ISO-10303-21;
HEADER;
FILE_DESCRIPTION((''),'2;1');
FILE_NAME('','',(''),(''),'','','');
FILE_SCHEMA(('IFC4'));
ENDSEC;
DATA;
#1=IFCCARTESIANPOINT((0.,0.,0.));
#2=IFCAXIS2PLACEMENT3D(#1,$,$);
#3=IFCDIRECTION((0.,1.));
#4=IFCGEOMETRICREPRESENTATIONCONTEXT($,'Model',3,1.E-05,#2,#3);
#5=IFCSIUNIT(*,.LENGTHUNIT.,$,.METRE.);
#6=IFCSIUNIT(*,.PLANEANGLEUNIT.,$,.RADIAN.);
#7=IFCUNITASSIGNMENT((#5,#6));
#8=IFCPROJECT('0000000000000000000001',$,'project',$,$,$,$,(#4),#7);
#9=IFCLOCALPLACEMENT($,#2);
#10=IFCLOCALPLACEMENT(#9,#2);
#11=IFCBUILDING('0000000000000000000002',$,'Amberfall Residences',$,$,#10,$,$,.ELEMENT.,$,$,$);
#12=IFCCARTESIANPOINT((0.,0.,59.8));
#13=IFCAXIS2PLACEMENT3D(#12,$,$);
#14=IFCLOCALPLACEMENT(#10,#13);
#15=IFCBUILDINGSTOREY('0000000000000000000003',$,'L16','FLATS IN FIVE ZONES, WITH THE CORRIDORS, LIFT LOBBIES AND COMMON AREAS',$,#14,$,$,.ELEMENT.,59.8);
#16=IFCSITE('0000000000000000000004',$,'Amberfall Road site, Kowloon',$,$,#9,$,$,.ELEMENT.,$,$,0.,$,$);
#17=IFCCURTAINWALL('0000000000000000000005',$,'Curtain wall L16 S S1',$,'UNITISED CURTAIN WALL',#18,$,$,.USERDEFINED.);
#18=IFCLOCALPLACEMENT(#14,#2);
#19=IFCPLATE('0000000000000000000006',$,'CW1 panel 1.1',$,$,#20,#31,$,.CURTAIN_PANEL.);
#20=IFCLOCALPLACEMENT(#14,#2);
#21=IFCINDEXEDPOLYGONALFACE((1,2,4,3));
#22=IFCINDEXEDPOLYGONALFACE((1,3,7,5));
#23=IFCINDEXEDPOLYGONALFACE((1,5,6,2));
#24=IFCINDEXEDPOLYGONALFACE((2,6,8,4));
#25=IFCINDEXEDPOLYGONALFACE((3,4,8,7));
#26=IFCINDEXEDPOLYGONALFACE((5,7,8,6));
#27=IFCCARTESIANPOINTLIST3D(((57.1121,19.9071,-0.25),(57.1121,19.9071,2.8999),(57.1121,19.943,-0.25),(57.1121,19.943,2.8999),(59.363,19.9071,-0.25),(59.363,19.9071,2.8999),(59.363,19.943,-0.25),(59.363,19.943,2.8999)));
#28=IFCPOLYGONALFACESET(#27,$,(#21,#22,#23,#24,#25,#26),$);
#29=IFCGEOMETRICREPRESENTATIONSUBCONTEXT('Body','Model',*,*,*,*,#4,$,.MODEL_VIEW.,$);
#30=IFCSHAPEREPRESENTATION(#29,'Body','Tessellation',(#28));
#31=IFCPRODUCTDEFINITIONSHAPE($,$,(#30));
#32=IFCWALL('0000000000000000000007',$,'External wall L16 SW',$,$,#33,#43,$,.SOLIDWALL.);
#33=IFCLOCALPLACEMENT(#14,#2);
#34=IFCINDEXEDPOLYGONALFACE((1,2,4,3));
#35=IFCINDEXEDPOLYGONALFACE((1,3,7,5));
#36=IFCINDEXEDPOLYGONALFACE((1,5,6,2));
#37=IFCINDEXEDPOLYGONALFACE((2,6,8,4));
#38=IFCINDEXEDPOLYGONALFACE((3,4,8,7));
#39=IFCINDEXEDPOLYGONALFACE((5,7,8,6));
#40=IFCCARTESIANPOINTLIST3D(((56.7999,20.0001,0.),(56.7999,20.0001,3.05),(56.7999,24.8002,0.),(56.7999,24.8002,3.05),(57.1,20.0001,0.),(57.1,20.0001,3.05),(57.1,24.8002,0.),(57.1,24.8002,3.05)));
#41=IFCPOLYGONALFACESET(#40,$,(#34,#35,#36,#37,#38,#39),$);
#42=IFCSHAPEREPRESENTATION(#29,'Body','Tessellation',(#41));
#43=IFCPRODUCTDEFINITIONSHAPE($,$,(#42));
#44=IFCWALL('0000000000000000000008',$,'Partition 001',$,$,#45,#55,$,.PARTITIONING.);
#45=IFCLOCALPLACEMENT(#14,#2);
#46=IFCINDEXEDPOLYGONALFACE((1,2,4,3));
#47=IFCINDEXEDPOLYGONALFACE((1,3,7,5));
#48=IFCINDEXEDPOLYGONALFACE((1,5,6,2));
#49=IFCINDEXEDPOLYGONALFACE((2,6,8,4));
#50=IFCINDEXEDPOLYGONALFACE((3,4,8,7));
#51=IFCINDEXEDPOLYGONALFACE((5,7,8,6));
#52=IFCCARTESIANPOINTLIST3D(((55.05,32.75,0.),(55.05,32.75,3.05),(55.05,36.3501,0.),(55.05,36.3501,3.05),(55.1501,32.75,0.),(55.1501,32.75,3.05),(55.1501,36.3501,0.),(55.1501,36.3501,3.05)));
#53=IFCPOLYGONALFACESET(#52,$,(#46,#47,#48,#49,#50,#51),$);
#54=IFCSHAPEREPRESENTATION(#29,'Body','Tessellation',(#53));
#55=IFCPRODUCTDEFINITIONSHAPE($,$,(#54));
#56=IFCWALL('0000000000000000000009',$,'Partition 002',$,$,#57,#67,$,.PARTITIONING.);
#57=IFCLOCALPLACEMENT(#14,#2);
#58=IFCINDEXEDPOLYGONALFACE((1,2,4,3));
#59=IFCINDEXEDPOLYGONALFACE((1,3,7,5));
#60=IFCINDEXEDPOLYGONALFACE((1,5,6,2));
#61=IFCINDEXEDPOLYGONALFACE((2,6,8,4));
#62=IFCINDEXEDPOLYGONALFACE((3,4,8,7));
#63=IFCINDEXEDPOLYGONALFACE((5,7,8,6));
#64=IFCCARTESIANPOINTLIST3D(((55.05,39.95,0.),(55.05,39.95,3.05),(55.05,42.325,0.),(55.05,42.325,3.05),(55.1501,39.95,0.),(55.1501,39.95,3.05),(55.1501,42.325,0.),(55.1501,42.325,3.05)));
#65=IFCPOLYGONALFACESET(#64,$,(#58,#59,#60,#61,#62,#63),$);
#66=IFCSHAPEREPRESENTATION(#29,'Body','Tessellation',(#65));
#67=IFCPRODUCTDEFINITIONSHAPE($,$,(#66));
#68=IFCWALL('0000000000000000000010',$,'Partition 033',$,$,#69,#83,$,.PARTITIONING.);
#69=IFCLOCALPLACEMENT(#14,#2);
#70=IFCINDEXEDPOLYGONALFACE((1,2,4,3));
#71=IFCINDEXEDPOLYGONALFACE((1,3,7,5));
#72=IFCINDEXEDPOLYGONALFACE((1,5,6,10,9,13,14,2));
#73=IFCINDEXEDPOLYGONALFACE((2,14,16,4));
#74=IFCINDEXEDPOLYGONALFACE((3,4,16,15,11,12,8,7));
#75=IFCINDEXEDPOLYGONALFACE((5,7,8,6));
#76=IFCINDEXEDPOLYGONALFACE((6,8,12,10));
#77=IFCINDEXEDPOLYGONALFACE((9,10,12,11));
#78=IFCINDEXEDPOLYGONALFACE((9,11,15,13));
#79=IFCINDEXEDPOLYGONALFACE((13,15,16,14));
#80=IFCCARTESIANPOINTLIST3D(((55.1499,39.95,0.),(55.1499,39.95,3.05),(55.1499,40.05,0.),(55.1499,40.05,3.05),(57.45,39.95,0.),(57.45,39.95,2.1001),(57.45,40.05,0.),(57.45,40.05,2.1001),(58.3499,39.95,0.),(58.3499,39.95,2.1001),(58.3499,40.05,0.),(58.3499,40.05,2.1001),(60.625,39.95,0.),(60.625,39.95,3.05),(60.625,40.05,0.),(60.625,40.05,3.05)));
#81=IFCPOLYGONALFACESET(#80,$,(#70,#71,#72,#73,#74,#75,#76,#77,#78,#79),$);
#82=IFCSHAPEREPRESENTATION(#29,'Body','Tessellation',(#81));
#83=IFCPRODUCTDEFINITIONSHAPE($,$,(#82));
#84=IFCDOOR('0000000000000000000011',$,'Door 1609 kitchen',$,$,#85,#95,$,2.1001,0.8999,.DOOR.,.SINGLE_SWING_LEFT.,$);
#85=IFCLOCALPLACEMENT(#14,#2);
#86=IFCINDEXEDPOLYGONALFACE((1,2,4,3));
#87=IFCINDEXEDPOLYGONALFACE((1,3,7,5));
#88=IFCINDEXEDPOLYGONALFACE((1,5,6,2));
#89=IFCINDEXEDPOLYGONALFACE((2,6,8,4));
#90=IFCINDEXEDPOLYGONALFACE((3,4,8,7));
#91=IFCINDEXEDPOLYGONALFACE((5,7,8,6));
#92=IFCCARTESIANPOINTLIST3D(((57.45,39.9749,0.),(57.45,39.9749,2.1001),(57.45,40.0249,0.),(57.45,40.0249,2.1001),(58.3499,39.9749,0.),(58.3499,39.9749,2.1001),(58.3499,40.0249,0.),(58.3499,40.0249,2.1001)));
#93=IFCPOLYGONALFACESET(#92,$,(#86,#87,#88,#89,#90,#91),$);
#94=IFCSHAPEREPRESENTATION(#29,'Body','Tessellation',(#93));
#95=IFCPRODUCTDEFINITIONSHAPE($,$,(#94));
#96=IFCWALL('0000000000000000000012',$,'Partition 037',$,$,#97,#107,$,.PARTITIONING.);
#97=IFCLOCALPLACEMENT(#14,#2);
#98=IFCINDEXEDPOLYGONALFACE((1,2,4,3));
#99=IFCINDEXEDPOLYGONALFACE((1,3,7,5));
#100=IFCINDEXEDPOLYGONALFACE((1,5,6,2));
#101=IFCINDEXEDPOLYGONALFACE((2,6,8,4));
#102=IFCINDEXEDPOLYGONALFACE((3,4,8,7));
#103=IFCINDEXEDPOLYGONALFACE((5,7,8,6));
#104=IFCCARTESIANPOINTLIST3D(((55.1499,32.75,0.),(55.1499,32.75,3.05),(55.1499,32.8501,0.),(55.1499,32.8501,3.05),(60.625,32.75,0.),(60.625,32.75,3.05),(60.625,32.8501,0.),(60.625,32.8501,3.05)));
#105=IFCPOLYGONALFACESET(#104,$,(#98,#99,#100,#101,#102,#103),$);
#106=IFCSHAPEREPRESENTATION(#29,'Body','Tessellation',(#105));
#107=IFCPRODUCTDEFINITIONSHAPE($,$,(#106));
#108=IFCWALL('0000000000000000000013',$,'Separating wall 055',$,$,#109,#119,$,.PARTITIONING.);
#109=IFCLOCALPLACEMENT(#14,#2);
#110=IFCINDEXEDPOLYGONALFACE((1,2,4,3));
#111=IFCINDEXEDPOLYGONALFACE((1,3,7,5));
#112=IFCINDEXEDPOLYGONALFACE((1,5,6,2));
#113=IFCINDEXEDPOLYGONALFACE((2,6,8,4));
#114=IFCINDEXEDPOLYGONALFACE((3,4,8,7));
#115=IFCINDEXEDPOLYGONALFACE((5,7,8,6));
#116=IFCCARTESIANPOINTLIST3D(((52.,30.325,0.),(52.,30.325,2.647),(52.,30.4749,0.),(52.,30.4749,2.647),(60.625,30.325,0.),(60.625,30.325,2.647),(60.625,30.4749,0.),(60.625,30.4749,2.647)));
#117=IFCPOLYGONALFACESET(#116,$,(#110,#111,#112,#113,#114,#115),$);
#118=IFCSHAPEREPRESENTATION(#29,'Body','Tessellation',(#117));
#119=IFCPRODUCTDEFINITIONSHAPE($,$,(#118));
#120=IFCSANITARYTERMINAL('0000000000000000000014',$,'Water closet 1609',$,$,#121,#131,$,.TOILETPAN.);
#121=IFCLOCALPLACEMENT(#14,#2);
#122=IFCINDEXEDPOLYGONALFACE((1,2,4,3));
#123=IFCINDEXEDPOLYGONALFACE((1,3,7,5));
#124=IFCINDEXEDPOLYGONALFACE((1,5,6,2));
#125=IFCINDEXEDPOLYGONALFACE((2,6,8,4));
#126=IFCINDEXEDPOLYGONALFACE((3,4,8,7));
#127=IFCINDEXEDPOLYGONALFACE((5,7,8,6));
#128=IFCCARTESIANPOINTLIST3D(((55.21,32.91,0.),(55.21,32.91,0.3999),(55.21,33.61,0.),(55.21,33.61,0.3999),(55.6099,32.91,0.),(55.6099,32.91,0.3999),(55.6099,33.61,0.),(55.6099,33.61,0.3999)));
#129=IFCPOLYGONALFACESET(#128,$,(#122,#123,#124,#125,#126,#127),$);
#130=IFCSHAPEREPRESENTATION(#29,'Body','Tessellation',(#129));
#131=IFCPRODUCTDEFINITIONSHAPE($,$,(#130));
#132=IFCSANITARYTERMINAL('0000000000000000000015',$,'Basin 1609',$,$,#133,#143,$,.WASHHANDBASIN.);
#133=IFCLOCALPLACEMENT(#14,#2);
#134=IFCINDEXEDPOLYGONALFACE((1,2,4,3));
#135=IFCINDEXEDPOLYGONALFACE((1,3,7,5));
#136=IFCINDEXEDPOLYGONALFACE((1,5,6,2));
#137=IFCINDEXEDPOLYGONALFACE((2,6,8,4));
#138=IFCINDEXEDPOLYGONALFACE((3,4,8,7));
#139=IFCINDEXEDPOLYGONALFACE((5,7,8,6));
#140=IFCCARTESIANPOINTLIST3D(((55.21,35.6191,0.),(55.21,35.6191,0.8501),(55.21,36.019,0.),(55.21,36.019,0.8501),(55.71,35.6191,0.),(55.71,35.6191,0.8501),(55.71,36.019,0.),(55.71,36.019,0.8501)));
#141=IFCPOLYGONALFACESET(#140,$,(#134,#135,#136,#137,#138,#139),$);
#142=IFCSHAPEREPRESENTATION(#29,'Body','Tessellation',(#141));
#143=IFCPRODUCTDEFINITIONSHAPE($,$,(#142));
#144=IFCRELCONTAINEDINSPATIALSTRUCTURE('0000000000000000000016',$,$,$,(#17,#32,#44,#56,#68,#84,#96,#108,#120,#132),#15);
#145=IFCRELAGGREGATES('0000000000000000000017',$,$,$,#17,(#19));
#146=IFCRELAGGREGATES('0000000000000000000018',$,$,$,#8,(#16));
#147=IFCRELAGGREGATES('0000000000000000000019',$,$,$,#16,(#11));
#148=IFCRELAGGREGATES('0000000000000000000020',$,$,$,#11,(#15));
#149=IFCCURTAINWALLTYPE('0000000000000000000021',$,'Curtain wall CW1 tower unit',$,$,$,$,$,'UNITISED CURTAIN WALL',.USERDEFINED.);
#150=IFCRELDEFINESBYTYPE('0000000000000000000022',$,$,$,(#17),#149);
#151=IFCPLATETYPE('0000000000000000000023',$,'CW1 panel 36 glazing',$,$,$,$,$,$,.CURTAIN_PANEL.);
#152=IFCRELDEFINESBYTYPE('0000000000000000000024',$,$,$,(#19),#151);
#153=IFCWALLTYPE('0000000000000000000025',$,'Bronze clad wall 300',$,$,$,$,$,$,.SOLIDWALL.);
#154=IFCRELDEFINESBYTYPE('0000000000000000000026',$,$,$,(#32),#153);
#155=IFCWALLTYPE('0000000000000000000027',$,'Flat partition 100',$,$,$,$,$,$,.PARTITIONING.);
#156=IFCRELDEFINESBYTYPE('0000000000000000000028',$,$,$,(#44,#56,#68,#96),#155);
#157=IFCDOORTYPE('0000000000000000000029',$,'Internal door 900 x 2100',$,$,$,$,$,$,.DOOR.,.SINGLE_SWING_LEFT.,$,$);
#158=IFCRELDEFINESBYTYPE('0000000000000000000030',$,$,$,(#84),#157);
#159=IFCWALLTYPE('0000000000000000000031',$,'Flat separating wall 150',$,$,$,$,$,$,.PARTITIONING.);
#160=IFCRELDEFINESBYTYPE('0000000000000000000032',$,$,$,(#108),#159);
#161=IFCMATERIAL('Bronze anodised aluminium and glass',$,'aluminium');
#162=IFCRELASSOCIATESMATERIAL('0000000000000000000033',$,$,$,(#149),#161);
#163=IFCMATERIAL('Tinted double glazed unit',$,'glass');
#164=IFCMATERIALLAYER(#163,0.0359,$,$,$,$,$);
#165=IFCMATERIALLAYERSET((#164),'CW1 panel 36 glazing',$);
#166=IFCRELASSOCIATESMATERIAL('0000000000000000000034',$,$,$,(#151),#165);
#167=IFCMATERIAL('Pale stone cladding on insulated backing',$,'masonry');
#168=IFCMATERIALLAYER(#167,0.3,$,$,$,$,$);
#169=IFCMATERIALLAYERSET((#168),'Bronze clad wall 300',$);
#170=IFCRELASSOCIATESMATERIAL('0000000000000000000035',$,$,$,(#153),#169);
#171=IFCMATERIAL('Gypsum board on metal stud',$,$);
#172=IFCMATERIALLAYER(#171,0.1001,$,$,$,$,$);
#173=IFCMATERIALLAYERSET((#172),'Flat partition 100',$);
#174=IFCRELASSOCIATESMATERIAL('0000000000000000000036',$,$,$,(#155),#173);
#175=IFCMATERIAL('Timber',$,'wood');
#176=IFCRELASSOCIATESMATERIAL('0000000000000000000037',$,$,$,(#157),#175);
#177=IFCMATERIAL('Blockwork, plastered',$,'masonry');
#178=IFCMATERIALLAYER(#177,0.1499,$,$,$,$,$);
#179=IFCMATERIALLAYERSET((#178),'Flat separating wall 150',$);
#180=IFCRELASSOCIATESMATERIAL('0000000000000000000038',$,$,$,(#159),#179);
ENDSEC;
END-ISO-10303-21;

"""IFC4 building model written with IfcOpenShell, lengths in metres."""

from ifc_helpers import new_model, si_unit, direction, frame, frame_2d, origin, origin_2d, place, context, subcontext, project, spatial, rectangle, extrude, material, layer, layer_set, type_object, element, fill, aggregate, save


model = new_model("IFC4")

# Units and contexts
model_context = context("Model", 3, precision=1e-05, world=origin(), true_north=direction((0.0, 1.0)))
body_context = subcontext(model_context, "Body", "Model", "MODEL_VIEW")
ifc_project = project(units=[si_unit("LENGTHUNIT", "METRE"), si_unit("PLANEANGLEUNIT", "RADIAN")], contexts=[model_context])

# Site, building, storey
site_placement = place(None, origin())
site = spatial("IfcSite", under=ifc_project, at=site_placement, Name="Amberfall Road site, Kowloon", CompositionType="ELEMENT", RefElevation=0.0)
building_placement = place(site_placement, origin())
building = spatial("IfcBuilding", under=site, at=building_placement, Name="Amberfall Residences", CompositionType="ELEMENT")
storey_placement = place(building_placement, frame((0.0, 0.0, 59.8)))
storey = spatial("IfcBuildingStorey", under=building, at=storey_placement, Name="L16", Description="FLATS IN FIVE ZONES, WITH THE CORRIDORS, LIFT LOBBIES AND COMMON AREAS", CompositionType="ELEMENT", Elevation=59.8)

# Curtain wall
ifc_material_1 = material(Name="Bronze anodised aluminium and glass", Category="aluminium")
curtain_wall_type = type_object("IfcCurtainWallType", Name="Curtain wall CW1 tower unit", ElementType="UNITISED CURTAIN WALL", PredefinedType="USERDEFINED", material=ifc_material_1)
curtain_wall_placement = place(storey_placement, origin())
curtain_wall = element("IfcCurtainWall", 1, at=curtain_wall_placement, inside=storey, type_object=curtain_wall_type, Name="Curtain wall L16 S S1", ObjectType="UNITISED CURTAIN WALL", PredefinedType="USERDEFINED")

# Plate
ifc_material_2 = material(Name="Tinted double glazed unit", Category="glass")
ifc_layer_1 = layer(ifc_material_2, 0.0359)
ifc_layer_set_1 = layer_set([ifc_layer_1], Name="CW1 panel 36 glazing")
plate_type = type_object("IfcPlateType", Name="CW1 panel 36 glazing", PredefinedType="CURTAIN_PANEL", material=ifc_layer_set_1)
plate_placement = place(storey_placement, frame((58.2375, 19.925, -0.25), z_axis=(0.0, 0.0, 1.0), x_axis=(1.0, 0.0, 0.0)))
plate = element("IfcPlate", 2, at=plate_placement, type_object=plate_type, Name="CW1 panel 1.1", PredefinedType="CURTAIN_PANEL", context=body_context, shape_type="SweptSolid", body=[
    extrude(rectangle(XDim=2.251, YDim=0.0359, at=origin_2d()), origin(), (0.0, 0.0, 1.0), 3.1499),
])
aggregate(curtain_wall, [plate])

# Walls
ifc_material_3 = material(Name="Pale stone cladding on insulated backing", Category="masonry")
ifc_layer_2 = layer(ifc_material_3, 0.3)
ifc_layer_set_2 = layer_set([ifc_layer_2], Name="Bronze clad wall 300")
wall_type_1 = type_object("IfcWallType", Name="Bronze clad wall 300", PredefinedType="SOLIDWALL", material=ifc_layer_set_2)
wall_1_placement = place(storey_placement, frame((56.95, 24.8, 0.0), z_axis=(0.0, 0.0, 1.0), x_axis=(0.0, -1.0, 0.0)))
element("IfcWall", 3, at=wall_1_placement, inside=storey, type_object=wall_type_1, Name="External wall L16 SW", PredefinedType="SOLIDWALL", context=body_context, shape_type="SweptSolid", body=[
    extrude(rectangle(XDim=4.8, YDim=0.3, at=frame_2d((2.3999, 0.0))), origin(), (0.0, 0.0, 1.0), 3.05),
])
ifc_material_4 = material(Name="Gypsum board on metal stud")
ifc_layer_3 = layer(ifc_material_4, 0.1001)
ifc_layer_set_3 = layer_set([ifc_layer_3], Name="Flat partition 100")
wall_type_2 = type_object("IfcWallType", Name="Flat partition 100", PredefinedType="PARTITIONING", material=ifc_layer_set_3)
wall_2_placement = place(storey_placement, frame((55.1001, 32.75, 0.0), z_axis=(0.0, 0.0, 1.0), x_axis=(0.0, 1.0, 0.0)))
element("IfcWall", 4, at=wall_2_placement, inside=storey, type_object=wall_type_2, Name="Partition 001", PredefinedType="PARTITIONING", context=body_context, shape_type="SweptSolid", body=[
    extrude(rectangle(XDim=3.6001, YDim=0.1001, at=frame_2d((1.8, 0.0))), origin(), (0.0, 0.0, 1.0), 3.05),
])
wall_3_placement = place(storey_placement, frame((55.1001, 39.95, 0.0), z_axis=(0.0, 0.0, 1.0), x_axis=(0.0, 1.0, 0.0)))
element("IfcWall", 5, at=wall_3_placement, inside=storey, type_object=wall_type_2, Name="Partition 002", PredefinedType="PARTITIONING", context=body_context, shape_type="SweptSolid", body=[
    extrude(rectangle(XDim=2.375, YDim=0.1001, at=frame_2d((1.1875, 0.0))), origin(), (0.0, 0.0, 1.0), 3.05),
])

# Wall, opening, door
wall_4_placement = place(storey_placement, frame((55.1499, 40.0, 0.0), z_axis=(0.0, 0.0, 1.0), x_axis=(1.0, 0.0, 0.0)))
wall_4 = element("IfcWall", 6, at=wall_4_placement, inside=storey, type_object=wall_type_2, Name="Partition 033", PredefinedType="PARTITIONING", context=body_context, shape_type="SweptSolid", body=[
    extrude(rectangle(XDim=5.4751, YDim=0.1001, at=frame_2d((2.7375, 0.0))), origin(), (0.0, 0.0, 1.0), 3.05),
])
opening_placement = place(wall_4_placement, frame((2.3, 0.0, 0.0)))
opening = element("IfcOpeningElement", 7, at=opening_placement, cuts=wall_4, PredefinedType="OPENING", context=body_context, shape_type="SweptSolid", body=[
    extrude(rectangle(XDim=0.8999, YDim=2.1001, at=frame_2d((0.45, 1.05))), frame((0.0, 0.0601, 0.0), z_axis=(0.0, -1.0, 0.0), x_axis=(1.0, 0.0, 0.0)), (0.0, 0.0, 1.0), 0.1201),
])
ifc_material_5 = material(Name="Timber", Category="wood")
door_type = type_object("IfcDoorType", Name="Internal door 900 x 2100", OperationType="SINGLE_SWING_LEFT", PredefinedType="DOOR", material=ifc_material_5)
door_placement = place(opening_placement, origin())
door = element("IfcDoor", 8, at=door_placement, inside=storey, type_object=door_type, Name="Door 1609 kitchen", OperationType="SINGLE_SWING_LEFT", OverallHeight=2.1001, OverallWidth=0.8999, PredefinedType="DOOR", context=body_context, shape_type="SweptSolid", body=[
    extrude(rectangle(XDim=0.8999, YDim=2.1001, at=frame_2d((0.45, 1.05))), frame((0.0, 0.0249, 0.0), z_axis=(0.0, -1.0, 0.0), x_axis=(1.0, 0.0, 0.0)), (0.0, 0.0, 1.0), 0.05),
])
fill(opening, door)

# Walls
wall_5_placement = place(storey_placement, frame((55.1499, 32.8, 0.0), z_axis=(0.0, 0.0, 1.0), x_axis=(1.0, 0.0, 0.0)))
element("IfcWall", 9, at=wall_5_placement, inside=storey, type_object=wall_type_2, Name="Partition 037", PredefinedType="PARTITIONING", context=body_context, shape_type="SweptSolid", body=[
    extrude(rectangle(XDim=5.4751, YDim=0.1001, at=frame_2d((2.7375, 0.0))), origin(), (0.0, 0.0, 1.0), 3.05),
])
ifc_material_6 = material(Name="Blockwork, plastered", Category="masonry")
ifc_layer_4 = layer(ifc_material_6, 0.1499)
ifc_layer_set_4 = layer_set([ifc_layer_4], Name="Flat separating wall 150")
wall_type_3 = type_object("IfcWallType", Name="Flat separating wall 150", PredefinedType="PARTITIONING", material=ifc_layer_set_4)
wall_6_placement = place(storey_placement, frame((52.0, 30.3999, 0.0), z_axis=(0.0, 0.0, 1.0), x_axis=(1.0, 0.0, 0.0)))
element("IfcWall", 10, at=wall_6_placement, inside=storey, type_object=wall_type_3, Name="Separating wall 055", PredefinedType="PARTITIONING", context=body_context, shape_type="SweptSolid", body=[
    extrude(rectangle(XDim=8.625, YDim=0.1499, at=frame_2d((4.3125, 0.0))), origin(), (0.0, 0.0, 1.0), 2.647),
])

# Sanitary terminals
sanitary_terminal_1_placement = place(storey_placement, frame((55.4099, 33.26, 0.0), z_axis=(0.0, 0.0, 1.0), x_axis=(1.0, 0.0, 0.0)))
element("IfcSanitaryTerminal", 11, at=sanitary_terminal_1_placement, inside=storey, Name="Water closet 1609", PredefinedType="TOILETPAN", context=body_context, shape_type="SweptSolid", body=[
    extrude(rectangle(XDim=0.3999, YDim=0.7, at=origin_2d()), origin(), (0.0, 0.0, 1.0), 0.3999),
])
sanitary_terminal_2_placement = place(storey_placement, frame((55.46, 35.8191, 0.0), z_axis=(0.0, 0.0, 1.0), x_axis=(1.0, 0.0, 0.0)))
element("IfcSanitaryTerminal", 12, at=sanitary_terminal_2_placement, inside=storey, Name="Basin 1609", PredefinedType="WASHHANDBASIN", context=body_context, shape_type="SweptSolid", body=[
    extrude(rectangle(XDim=0.5, YDim=0.3999, at=origin_2d()), origin(), (0.0, 0.0, 1.0), 0.8501),
])

save(model, "model.ifc")
